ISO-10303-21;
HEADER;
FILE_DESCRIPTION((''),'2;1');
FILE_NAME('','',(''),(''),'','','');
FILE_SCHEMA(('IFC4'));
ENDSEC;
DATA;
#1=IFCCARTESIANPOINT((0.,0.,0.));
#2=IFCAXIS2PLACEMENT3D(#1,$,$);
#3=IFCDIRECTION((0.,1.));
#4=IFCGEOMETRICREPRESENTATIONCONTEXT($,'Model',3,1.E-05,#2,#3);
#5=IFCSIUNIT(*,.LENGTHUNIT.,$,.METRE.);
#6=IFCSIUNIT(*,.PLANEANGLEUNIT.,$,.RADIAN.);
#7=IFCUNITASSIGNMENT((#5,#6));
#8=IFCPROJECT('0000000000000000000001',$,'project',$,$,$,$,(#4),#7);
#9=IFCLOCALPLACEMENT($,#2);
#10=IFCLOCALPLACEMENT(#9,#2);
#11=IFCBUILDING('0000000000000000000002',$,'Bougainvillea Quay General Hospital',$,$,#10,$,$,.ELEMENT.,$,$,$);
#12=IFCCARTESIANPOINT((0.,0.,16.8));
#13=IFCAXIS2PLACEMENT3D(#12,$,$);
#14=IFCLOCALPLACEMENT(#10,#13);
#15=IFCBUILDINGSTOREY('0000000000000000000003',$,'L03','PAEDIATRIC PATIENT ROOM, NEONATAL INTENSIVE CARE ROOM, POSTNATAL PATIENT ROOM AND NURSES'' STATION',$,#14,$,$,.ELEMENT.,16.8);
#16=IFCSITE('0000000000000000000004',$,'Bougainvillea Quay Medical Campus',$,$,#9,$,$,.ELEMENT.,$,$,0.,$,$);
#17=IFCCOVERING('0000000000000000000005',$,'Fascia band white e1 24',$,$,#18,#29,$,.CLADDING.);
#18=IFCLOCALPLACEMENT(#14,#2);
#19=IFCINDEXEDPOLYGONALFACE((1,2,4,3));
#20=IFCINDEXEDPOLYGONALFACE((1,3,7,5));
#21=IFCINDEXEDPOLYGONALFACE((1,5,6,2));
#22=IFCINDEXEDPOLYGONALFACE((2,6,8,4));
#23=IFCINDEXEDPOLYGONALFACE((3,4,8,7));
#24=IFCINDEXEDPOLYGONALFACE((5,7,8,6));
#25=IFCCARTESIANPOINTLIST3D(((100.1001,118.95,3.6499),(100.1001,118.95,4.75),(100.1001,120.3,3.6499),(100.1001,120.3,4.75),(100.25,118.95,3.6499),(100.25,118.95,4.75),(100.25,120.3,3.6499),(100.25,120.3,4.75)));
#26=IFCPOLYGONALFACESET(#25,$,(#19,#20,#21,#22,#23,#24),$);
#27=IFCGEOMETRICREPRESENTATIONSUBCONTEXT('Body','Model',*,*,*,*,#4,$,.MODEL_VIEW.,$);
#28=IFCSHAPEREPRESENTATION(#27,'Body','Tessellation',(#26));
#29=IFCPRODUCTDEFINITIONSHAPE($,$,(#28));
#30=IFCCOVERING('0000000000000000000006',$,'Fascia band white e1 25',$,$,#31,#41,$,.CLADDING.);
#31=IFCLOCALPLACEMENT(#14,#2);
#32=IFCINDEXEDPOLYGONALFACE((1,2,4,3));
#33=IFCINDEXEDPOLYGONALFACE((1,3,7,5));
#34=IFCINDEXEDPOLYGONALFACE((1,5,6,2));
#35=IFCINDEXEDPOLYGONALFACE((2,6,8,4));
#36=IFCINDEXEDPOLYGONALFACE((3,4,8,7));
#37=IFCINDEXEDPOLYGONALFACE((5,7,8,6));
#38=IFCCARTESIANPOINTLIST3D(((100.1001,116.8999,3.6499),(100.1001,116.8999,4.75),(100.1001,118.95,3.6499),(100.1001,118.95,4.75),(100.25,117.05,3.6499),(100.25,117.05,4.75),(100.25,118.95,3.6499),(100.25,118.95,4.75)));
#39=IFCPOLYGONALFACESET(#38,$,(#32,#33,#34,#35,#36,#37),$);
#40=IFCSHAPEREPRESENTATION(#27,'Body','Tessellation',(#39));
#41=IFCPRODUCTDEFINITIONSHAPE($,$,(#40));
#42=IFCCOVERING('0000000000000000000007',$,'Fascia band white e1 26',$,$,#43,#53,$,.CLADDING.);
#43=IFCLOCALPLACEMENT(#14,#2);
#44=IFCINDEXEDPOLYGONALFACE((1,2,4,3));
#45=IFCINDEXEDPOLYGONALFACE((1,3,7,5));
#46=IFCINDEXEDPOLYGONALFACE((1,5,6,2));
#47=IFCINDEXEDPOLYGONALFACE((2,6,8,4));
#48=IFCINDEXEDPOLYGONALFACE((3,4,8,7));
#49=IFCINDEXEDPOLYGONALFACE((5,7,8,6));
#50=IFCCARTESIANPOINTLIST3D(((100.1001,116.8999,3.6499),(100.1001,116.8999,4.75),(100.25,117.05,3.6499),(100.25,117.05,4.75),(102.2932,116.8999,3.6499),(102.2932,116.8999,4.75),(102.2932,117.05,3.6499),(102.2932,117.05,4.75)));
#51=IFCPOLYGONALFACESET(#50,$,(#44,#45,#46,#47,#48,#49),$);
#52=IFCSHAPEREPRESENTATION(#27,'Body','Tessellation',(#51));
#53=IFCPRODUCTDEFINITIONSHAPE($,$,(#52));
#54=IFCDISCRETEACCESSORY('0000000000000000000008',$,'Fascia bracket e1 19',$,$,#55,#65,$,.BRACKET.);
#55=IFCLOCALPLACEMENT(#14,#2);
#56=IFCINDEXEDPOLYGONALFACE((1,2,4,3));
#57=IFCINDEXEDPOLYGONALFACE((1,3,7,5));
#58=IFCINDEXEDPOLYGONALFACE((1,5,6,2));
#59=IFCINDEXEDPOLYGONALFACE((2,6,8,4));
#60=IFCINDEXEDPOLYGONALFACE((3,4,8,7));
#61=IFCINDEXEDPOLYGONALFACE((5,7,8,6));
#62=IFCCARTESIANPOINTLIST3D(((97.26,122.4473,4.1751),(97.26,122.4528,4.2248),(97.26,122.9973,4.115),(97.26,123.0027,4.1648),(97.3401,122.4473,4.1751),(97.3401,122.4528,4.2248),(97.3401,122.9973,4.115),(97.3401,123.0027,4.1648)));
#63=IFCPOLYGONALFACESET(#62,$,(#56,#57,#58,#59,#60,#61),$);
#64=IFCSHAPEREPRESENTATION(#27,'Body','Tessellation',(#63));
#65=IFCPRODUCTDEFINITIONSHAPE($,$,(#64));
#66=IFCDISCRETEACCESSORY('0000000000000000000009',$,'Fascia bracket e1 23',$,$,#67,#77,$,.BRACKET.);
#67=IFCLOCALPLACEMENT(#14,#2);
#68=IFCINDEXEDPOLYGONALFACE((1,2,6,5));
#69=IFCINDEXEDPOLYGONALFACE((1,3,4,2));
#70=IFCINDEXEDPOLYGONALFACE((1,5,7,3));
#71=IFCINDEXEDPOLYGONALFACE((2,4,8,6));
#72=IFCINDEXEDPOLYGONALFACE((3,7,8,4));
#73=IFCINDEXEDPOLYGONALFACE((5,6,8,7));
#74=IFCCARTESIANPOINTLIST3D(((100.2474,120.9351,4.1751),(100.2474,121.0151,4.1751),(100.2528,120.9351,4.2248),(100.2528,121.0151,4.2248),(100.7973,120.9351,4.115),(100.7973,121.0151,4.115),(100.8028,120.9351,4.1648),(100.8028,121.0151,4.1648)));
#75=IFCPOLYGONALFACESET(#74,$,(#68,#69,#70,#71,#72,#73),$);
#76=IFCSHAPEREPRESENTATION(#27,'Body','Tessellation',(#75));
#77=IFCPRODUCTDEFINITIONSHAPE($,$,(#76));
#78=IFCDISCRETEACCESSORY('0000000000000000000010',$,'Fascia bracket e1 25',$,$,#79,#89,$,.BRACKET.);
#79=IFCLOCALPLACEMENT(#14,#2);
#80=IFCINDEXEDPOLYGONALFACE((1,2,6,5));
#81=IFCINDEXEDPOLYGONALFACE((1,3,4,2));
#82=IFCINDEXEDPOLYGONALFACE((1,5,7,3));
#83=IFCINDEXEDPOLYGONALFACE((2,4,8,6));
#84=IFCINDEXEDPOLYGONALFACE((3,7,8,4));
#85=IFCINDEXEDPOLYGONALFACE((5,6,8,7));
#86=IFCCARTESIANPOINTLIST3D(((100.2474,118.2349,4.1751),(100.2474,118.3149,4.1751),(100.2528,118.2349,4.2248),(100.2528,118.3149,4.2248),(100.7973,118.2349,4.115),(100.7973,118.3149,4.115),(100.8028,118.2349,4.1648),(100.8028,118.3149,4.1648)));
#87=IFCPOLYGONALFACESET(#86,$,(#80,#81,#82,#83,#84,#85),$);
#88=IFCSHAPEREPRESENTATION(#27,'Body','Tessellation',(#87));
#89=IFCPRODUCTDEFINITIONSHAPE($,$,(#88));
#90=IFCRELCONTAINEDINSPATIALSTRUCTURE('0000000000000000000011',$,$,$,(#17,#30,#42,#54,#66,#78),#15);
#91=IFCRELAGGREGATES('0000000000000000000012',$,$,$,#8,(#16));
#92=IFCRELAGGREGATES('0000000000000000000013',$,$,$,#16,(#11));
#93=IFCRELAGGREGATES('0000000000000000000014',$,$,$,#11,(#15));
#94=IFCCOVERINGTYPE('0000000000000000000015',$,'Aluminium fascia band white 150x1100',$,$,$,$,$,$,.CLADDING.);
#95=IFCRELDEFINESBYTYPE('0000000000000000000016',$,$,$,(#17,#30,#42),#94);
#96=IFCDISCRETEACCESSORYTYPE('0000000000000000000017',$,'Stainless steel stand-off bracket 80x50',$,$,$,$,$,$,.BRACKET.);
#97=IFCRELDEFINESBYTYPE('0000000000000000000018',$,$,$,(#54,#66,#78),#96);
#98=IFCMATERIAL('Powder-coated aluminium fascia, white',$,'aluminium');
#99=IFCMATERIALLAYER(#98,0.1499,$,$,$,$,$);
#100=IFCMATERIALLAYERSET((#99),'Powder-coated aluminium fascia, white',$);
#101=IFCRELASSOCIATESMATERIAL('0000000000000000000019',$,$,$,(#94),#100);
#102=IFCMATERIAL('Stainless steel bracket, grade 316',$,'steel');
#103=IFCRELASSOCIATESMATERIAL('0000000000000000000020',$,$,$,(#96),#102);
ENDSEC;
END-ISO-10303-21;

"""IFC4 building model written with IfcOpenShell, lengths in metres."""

from ifc_helpers import new_model, si_unit, direction, frame, origin, origin_2d, place, context, subcontext, project, spatial, polyline, rectangle, outline, extrude, material, layer, layer_set, material_profile, profile_set, type_object, element, save


model = new_model("IFC4")

# Units and contexts
model_context = context("Model", 3, precision=1e-05, world=origin(), true_north=direction((0.0, 1.0)))
body_context = subcontext(model_context, "Body", "Model", "MODEL_VIEW")
ifc_project = project(units=[si_unit("LENGTHUNIT", "METRE"), si_unit("PLANEANGLEUNIT", "RADIAN")], contexts=[model_context])

# Site, building, storey
site_placement = place(None, origin())
site = spatial("IfcSite", under=ifc_project, at=site_placement, Name="Bougainvillea Quay Medical Campus", CompositionType="ELEMENT", RefElevation=0.0)
building_placement = place(site_placement, origin())
building = spatial("IfcBuilding", under=site, at=building_placement, Name="Bougainvillea Quay General Hospital", CompositionType="ELEMENT")
storey_placement = place(building_placement, frame((0.0, 0.0, 16.8)))
storey = spatial("IfcBuildingStorey", under=building, at=storey_placement, Name="L03", Description="PAEDIATRIC PATIENT ROOM, NEONATAL INTENSIVE CARE ROOM, POSTNATAL PATIENT ROOM AND NURSES' STATION", CompositionType="ELEMENT", Elevation=16.8)

# Coverings
ifc_material_1 = material(Name="Powder-coated aluminium fascia, white", Category="aluminium")
ifc_layer_1 = layer(ifc_material_1, 0.1499)
ifc_layer_set_1 = layer_set([ifc_layer_1], Name="Powder-coated aluminium fascia, white")
covering_type = type_object("IfcCoveringType", Name="Aluminium fascia band white 150x1100", PredefinedType="CLADDING", material=ifc_layer_set_1)
covering_1_placement = place(storey_placement, frame((100.25, 120.3, 3.6499), z_axis=(0.0, 0.0, 1.0), x_axis=(0.0, -1.0, 0.0)))
element("IfcCovering", 1, at=covering_1_placement, inside=storey, type_object=covering_type, Name="Fascia band white e1 24", PredefinedType="CLADDING", context=body_context, shape_type="SweptSolid", body=[
    extrude(outline(polyline([(0.0, 0.0), (1.3501, 0.0), (1.3501, -0.1499), (0.0, -0.1499), (0.0, 0.0)])), origin(), (0.0, 0.0, 1.0), 1.1001),
])
covering_2_placement = place(storey_placement, frame((100.25, 118.95, 3.6499), z_axis=(0.0, 0.0, 1.0), x_axis=(0.0, -1.0, 0.0)))
element("IfcCovering", 2, at=covering_2_placement, inside=storey, type_object=covering_type, Name="Fascia band white e1 25", PredefinedType="CLADDING", context=body_context, shape_type="SweptSolid", body=[
    extrude(outline(polyline([(0.0, 0.0), (1.8999, 0.0), (2.05, -0.1499), (0.0, -0.1499), (0.0, 0.0)])), origin(), (0.0, 0.0, 1.0), 1.1001),
])
covering_3_placement = place(storey_placement, frame((100.25, 117.05, 3.6499), z_axis=(0.0, 0.0, 1.0), x_axis=(1.0, 0.0, 0.0)))
element("IfcCovering", 3, at=covering_3_placement, inside=storey, type_object=covering_type, Name="Fascia band white e1 26", PredefinedType="CLADDING", context=body_context, shape_type="SweptSolid", body=[
    extrude(outline(polyline([(0.0, 0.0), (2.0432, 0.0), (2.0432, -0.1501), (-0.1499, -0.1501), (0.0, 0.0)])), origin(), (0.0, 0.0, 1.0), 1.1001),
])

# Discrete accessories
ifc_material_2 = material(Name="Stainless steel bracket, grade 316", Category="steel")
ifc_material_profile_1 = material_profile(ifc_material_2, rectangle(XDim=0.0801, YDim=0.05, at=origin_2d()))
ifc_profile_set_1 = profile_set([ifc_material_profile_1], Name="Stainless steel bracket, grade 316")
discrete_accessory_type = type_object("IfcDiscreteAccessoryType", Name="Stainless steel stand-off bracket 80x50", PredefinedType="BRACKET", material=ifc_profile_set_1)
for number, where, z_axis, x_axis, name in (
    (4, (97.3, 123.0, 4.1399), (0.0, -0.994092, 0.108543), (1.0, 0.0, 0.0), "Fascia bracket e1 19"),
    (5, (100.8, 120.9751, 4.1399), (-0.994092, 0.0, 0.108543), (0.0, -1.0, 0.0), "Fascia bracket e1 23"),
    (6, (100.8, 118.2749, 4.1399), (-0.994092, 0.0, 0.108543), (0.0, -1.0, 0.0), "Fascia bracket e1 25"),
):
    element("IfcDiscreteAccessory", number, at=place(storey_placement, frame(where, z_axis=z_axis, x_axis=x_axis)), inside=storey, type_object=discrete_accessory_type, Name=name, PredefinedType="BRACKET", context=body_context, shape_type="SweptSolid", body=[
        extrude(rectangle(XDim=0.0801, YDim=0.05, at=origin_2d()), origin(), (0.0, 0.0, 1.0), 0.5532),
    ])

save(model, "model.ifc")
